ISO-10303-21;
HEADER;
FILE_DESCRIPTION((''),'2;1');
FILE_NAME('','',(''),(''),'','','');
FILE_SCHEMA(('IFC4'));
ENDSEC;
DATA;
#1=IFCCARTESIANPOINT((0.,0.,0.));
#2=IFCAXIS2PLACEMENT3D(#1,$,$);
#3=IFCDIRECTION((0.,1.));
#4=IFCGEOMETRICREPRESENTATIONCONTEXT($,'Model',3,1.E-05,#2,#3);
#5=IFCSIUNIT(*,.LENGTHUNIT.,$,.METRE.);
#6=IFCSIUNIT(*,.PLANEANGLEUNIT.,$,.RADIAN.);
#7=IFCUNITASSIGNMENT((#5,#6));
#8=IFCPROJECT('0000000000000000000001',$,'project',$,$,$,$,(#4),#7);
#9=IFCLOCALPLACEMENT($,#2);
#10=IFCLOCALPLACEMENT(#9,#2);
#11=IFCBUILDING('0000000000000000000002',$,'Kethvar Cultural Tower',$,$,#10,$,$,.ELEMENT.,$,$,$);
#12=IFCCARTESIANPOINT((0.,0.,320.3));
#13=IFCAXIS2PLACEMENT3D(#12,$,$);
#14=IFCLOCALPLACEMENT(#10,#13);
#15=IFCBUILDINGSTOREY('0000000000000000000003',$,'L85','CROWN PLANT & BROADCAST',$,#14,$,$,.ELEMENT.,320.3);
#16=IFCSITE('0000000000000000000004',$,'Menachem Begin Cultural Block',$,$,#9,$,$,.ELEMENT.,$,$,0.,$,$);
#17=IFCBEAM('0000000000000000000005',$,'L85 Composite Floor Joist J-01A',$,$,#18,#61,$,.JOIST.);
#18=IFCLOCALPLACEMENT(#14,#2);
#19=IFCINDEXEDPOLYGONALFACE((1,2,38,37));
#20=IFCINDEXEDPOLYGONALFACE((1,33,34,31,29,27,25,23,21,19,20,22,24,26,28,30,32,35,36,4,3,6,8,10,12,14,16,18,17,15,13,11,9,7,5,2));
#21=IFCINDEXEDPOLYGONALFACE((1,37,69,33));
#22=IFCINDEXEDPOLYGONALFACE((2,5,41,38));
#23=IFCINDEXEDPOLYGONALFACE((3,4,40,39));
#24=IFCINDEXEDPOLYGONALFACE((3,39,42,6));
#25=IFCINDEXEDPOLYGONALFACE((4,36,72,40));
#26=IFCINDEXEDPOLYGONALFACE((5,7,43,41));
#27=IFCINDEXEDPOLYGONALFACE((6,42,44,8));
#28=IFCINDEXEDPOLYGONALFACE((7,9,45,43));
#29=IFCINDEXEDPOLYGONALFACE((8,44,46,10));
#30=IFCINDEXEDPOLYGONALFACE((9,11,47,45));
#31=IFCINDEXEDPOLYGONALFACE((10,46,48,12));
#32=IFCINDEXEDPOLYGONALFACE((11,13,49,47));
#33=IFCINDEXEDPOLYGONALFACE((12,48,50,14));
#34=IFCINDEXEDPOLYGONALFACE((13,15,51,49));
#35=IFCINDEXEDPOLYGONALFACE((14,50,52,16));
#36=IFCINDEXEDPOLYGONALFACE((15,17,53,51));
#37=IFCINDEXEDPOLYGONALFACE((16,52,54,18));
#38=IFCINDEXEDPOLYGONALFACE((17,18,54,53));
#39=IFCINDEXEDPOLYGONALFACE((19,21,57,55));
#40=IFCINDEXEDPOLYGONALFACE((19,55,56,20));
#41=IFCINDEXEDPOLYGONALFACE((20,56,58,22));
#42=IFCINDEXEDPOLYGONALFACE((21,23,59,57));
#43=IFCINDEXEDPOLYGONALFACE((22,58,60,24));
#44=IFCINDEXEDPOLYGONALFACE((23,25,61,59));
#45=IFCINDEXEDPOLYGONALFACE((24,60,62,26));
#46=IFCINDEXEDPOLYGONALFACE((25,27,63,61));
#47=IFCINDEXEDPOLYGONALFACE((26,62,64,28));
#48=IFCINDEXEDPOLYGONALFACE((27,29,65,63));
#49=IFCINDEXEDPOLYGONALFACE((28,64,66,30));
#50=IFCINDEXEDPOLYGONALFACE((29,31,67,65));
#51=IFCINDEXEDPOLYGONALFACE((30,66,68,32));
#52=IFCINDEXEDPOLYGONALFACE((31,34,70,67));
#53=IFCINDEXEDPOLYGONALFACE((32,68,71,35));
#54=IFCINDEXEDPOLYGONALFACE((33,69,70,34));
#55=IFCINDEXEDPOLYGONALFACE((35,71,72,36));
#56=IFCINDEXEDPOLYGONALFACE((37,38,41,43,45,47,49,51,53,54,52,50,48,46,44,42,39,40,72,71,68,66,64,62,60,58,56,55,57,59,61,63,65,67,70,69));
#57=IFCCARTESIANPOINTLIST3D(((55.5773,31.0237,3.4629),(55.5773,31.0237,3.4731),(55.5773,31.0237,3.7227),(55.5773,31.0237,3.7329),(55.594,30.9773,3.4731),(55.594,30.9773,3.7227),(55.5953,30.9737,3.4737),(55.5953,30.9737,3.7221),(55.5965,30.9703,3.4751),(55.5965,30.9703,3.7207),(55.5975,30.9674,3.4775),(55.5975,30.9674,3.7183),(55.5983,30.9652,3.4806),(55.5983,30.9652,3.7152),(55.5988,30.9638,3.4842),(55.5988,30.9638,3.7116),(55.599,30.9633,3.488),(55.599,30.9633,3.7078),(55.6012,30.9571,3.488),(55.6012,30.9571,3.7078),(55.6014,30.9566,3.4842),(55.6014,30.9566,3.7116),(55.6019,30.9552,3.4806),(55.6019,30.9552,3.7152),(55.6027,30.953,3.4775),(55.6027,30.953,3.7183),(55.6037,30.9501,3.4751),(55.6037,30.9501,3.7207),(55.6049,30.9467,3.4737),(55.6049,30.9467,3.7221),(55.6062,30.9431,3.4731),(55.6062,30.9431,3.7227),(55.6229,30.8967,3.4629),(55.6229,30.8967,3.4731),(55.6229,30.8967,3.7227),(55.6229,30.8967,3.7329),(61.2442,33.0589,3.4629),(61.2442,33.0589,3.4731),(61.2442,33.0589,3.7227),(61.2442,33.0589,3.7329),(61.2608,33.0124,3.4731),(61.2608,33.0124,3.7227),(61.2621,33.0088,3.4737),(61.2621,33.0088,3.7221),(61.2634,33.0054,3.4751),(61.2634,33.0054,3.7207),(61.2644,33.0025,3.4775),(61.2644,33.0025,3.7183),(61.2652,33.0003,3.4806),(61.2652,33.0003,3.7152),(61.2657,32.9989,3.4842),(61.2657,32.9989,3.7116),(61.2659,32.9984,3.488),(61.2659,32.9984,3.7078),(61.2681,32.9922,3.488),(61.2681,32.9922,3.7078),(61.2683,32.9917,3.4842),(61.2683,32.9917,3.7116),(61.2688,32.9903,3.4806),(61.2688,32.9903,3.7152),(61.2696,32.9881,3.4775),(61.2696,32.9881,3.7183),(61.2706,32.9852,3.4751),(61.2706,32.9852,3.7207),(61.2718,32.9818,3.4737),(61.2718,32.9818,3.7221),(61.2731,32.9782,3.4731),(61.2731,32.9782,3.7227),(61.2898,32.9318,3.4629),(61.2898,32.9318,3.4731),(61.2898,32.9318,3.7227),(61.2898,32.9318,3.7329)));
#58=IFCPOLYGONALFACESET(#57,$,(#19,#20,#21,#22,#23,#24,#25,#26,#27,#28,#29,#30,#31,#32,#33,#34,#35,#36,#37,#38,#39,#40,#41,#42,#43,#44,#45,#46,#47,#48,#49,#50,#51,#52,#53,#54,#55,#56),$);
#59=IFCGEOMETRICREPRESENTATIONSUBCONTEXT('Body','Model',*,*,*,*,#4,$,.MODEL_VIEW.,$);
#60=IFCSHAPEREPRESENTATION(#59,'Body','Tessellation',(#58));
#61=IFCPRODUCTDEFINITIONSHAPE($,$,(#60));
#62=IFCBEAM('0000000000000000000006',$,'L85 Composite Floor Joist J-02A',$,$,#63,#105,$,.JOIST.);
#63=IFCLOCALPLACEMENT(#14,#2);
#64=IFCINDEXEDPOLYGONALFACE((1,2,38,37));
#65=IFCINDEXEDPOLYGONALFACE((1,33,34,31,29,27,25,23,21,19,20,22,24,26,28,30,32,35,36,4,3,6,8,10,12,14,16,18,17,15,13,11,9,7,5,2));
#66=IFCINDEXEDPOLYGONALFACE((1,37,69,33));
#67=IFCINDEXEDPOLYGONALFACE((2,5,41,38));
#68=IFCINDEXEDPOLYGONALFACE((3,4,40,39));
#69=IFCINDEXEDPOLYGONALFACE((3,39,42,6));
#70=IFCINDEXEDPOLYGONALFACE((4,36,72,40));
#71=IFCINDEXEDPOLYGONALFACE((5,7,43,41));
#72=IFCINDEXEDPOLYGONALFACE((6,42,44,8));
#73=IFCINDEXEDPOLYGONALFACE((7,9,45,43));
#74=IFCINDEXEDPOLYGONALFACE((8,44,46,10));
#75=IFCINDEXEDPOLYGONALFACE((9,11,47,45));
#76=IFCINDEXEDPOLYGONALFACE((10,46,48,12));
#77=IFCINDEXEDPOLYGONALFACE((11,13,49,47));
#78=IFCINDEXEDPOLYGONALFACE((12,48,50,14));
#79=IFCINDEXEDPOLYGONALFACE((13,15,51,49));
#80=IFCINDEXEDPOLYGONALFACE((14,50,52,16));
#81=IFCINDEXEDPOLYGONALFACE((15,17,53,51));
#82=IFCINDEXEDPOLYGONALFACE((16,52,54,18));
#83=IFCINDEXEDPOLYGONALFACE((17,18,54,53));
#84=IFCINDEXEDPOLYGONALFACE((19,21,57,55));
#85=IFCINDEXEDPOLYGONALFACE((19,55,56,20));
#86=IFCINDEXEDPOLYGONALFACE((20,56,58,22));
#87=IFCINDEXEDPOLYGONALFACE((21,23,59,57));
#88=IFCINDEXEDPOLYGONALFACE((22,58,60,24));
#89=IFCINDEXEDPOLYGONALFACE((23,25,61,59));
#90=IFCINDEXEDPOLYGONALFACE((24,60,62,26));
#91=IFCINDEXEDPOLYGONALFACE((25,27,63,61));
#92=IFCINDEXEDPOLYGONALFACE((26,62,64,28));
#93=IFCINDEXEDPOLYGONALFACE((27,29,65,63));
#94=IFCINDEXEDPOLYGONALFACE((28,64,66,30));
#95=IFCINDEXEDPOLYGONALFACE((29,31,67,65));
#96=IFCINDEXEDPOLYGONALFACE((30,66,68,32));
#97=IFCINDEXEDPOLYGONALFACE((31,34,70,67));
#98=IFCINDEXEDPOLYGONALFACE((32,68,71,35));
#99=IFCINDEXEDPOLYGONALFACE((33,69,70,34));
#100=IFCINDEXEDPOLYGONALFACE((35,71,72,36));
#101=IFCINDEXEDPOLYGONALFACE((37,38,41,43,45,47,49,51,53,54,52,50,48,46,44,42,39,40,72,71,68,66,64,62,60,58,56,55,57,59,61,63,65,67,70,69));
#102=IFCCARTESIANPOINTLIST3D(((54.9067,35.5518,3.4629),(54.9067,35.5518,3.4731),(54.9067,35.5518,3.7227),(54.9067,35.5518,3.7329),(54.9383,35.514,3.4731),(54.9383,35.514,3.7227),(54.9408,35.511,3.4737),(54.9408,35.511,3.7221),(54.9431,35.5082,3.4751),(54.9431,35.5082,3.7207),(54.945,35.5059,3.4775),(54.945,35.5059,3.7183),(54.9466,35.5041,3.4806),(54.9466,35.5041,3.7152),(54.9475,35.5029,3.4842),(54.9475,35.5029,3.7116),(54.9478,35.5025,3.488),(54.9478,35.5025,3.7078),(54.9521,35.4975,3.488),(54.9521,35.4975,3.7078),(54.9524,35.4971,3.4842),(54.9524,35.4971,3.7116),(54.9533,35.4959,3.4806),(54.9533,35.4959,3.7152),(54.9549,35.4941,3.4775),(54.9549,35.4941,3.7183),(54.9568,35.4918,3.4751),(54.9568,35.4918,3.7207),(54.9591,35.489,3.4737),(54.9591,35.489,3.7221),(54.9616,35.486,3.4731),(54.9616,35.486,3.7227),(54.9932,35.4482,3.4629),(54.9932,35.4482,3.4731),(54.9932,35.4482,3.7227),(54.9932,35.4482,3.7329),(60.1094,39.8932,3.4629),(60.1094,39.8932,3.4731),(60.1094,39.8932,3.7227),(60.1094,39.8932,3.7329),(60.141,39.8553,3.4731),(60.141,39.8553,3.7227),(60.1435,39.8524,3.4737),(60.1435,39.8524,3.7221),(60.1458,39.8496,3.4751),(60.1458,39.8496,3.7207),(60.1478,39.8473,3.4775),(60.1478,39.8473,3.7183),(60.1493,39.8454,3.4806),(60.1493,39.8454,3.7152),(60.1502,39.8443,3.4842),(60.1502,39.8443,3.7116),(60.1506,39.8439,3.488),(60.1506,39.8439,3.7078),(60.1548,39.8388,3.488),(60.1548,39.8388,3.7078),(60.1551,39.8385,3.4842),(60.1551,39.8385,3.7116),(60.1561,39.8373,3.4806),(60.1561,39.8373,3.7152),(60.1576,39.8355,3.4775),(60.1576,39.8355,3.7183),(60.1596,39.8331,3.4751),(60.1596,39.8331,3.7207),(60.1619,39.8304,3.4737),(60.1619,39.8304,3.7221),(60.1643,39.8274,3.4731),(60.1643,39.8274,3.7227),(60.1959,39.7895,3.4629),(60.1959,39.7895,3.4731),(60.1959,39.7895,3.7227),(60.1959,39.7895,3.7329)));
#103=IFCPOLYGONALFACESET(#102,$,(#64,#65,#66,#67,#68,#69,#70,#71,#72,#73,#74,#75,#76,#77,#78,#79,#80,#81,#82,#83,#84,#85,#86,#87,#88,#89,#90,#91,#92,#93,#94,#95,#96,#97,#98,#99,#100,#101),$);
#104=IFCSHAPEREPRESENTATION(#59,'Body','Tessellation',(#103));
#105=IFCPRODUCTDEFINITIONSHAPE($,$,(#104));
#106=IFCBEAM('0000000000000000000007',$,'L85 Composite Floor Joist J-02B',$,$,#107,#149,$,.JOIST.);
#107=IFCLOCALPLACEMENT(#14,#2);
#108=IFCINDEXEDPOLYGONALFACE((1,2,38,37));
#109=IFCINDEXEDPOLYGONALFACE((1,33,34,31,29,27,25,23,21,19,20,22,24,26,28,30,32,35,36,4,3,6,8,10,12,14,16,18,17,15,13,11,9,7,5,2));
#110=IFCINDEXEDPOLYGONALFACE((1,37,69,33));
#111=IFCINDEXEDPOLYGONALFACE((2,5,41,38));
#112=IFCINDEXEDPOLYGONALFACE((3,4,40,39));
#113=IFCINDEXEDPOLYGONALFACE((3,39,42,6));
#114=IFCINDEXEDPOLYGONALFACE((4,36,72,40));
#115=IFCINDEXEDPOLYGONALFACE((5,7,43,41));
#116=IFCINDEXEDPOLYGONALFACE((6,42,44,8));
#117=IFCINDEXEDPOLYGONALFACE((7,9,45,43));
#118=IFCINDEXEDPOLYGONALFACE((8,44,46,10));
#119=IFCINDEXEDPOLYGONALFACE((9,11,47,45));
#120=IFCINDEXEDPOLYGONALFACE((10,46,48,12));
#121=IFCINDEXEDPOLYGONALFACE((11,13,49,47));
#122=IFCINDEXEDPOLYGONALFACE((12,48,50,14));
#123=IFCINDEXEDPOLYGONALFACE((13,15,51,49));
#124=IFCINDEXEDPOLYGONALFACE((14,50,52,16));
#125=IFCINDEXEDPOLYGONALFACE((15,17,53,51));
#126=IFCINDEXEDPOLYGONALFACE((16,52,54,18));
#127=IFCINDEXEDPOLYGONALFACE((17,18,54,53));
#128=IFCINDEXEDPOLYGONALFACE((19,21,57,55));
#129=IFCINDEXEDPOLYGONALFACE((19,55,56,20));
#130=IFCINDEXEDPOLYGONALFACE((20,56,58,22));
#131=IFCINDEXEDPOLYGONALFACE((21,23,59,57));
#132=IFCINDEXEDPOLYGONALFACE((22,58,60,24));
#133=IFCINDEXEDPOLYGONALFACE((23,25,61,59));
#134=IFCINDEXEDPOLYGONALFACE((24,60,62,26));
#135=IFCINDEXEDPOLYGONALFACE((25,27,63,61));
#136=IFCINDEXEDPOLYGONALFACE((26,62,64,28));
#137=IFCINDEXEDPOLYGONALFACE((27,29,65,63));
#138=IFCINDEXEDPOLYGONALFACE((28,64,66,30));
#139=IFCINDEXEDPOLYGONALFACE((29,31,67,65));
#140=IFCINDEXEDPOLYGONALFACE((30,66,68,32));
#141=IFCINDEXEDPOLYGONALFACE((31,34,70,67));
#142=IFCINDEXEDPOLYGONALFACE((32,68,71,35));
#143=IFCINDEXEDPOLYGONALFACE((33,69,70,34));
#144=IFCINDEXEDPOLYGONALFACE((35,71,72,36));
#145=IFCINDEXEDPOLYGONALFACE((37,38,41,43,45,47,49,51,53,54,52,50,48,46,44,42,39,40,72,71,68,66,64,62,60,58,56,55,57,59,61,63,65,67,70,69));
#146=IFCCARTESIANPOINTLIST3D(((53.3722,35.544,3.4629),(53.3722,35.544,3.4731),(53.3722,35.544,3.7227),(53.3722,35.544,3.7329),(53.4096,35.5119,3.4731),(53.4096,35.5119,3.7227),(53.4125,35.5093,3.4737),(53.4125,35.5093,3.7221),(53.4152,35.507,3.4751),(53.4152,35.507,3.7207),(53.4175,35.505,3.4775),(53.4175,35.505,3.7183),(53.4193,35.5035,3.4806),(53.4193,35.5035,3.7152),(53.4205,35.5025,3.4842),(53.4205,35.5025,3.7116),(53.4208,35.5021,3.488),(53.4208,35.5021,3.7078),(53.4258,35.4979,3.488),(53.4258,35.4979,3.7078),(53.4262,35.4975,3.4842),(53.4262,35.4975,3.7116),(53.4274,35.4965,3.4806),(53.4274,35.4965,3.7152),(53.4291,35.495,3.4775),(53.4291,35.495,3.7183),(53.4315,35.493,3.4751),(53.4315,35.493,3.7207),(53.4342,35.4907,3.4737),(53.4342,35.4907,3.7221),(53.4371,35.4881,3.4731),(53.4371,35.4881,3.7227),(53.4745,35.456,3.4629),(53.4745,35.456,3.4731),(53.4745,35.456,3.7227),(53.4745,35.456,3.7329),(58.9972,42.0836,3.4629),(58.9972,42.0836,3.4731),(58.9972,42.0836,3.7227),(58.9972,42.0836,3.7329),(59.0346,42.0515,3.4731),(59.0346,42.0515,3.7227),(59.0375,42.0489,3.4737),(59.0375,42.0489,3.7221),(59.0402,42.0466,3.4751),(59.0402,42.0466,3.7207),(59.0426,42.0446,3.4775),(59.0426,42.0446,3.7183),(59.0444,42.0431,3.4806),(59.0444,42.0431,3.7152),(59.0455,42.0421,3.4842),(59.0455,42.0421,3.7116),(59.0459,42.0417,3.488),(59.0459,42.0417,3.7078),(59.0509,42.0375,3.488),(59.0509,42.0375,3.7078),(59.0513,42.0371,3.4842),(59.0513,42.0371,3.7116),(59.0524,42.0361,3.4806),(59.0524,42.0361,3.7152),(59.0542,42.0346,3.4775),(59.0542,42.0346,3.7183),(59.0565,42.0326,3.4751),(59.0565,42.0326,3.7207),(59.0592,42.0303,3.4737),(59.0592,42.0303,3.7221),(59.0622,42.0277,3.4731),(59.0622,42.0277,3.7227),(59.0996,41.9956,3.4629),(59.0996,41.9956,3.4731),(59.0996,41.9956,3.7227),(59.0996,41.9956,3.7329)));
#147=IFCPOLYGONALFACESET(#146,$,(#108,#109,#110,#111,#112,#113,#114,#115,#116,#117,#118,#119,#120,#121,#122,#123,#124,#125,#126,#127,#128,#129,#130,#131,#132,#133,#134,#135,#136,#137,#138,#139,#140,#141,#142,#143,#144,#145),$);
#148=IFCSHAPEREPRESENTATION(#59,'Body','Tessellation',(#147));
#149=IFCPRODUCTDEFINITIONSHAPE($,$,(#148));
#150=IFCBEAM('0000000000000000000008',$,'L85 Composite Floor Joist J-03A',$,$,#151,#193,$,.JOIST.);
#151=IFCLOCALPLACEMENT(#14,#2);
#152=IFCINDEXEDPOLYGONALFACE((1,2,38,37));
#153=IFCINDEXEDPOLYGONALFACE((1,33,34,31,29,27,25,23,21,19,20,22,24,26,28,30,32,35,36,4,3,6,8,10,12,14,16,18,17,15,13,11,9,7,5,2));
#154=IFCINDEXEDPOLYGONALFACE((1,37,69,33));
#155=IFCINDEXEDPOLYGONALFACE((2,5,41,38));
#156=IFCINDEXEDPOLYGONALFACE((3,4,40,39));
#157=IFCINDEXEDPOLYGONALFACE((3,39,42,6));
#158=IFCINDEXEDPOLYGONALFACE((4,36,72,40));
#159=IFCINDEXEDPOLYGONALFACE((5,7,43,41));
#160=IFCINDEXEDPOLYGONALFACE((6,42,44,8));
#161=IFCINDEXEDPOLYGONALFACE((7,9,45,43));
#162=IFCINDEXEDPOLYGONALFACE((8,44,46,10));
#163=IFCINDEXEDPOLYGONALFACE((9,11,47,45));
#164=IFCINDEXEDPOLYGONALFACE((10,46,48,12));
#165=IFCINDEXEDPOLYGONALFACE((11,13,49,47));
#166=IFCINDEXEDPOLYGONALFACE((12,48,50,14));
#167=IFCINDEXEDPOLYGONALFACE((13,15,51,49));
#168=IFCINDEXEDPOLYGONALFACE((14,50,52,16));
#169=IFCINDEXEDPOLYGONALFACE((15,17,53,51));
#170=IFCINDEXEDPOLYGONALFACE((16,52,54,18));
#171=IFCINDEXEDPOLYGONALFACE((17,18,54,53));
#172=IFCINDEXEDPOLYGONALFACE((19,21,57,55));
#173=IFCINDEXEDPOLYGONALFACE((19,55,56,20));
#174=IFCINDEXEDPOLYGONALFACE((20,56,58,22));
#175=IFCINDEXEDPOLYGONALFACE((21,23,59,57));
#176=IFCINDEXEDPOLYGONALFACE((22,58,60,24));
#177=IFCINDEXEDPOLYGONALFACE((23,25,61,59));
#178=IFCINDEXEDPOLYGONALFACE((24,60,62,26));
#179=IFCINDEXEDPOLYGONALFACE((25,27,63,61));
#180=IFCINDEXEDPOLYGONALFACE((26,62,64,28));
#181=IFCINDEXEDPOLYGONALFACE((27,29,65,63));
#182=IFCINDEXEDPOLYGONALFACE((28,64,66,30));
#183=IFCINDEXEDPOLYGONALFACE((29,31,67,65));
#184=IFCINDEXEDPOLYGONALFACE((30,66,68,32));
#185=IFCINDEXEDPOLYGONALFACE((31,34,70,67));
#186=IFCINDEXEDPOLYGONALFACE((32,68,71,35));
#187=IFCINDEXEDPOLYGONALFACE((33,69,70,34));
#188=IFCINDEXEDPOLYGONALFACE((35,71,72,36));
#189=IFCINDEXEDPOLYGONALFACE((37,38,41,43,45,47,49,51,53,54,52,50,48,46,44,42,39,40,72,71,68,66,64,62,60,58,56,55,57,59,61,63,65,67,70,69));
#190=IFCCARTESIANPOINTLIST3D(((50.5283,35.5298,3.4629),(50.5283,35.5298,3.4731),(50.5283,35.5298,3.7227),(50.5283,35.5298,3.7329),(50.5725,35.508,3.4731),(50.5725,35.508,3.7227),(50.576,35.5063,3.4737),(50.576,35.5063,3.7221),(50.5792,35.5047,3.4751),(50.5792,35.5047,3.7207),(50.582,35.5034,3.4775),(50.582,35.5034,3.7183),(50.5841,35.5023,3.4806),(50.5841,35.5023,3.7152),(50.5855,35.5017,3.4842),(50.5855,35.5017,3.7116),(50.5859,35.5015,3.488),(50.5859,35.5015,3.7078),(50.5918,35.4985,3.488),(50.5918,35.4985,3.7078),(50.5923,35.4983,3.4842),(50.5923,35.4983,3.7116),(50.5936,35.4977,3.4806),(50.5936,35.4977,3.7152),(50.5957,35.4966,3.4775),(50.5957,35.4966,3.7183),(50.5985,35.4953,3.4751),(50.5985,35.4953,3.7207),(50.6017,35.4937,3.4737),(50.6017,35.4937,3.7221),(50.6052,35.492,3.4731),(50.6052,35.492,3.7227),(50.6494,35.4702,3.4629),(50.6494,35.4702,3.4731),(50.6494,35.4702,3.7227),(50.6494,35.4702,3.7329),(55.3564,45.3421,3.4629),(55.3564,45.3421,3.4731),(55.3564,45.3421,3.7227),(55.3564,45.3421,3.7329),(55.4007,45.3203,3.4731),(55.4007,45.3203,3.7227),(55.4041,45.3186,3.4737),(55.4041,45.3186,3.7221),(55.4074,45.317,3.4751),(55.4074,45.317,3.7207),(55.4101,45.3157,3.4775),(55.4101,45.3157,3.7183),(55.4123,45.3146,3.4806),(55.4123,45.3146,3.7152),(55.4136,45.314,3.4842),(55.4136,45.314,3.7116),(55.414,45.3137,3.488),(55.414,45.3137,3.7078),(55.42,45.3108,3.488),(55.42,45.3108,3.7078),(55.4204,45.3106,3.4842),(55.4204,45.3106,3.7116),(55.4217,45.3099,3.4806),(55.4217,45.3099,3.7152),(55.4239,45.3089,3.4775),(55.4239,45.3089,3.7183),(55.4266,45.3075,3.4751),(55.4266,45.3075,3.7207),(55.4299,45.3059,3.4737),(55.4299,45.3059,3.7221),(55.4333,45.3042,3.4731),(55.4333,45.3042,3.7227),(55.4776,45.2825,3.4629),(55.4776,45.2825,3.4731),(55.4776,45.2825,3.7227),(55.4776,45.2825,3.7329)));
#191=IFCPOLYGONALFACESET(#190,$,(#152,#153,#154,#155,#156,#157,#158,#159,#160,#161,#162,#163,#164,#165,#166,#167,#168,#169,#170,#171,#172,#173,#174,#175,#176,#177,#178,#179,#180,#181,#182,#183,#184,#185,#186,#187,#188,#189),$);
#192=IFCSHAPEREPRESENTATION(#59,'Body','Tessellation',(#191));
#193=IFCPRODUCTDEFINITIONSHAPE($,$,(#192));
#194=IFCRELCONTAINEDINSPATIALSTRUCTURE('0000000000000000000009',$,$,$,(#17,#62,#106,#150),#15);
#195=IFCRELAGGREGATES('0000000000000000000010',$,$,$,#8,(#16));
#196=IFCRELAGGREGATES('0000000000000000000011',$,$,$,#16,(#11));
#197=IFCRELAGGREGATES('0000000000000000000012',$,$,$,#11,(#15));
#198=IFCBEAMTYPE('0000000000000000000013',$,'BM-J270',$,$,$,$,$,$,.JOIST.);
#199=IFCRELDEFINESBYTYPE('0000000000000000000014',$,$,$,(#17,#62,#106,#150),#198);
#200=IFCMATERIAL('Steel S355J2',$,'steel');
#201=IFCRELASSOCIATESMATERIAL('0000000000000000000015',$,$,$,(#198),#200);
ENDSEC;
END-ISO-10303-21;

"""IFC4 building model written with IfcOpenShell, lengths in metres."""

from ifc_helpers import new_model, si_unit, direction, frame, origin, origin_2d, place, context, subcontext, project, spatial, i_section, extrude, source, transform, mapped, material, material_profile, profile_set, type_object, element, save


model = new_model("IFC4")

# Units and contexts
model_context = context("Model", 3, precision=1e-05, world=origin(), true_north=direction((0.0, 1.0)))
body_context = subcontext(model_context, "Body", "Model", "MODEL_VIEW")
ifc_project = project(units=[si_unit("LENGTHUNIT", "METRE"), si_unit("PLANEANGLEUNIT", "RADIAN")], contexts=[model_context])

# Site, building, storey
site_placement = place(None, origin())
site = spatial("IfcSite", under=ifc_project, at=site_placement, Name="Menachem Begin Cultural Block", CompositionType="ELEMENT", RefElevation=0.0)
building_placement = place(site_placement, origin())
building = spatial("IfcBuilding", under=site, at=building_placement, Name="Kethvar Cultural Tower", CompositionType="ELEMENT")
storey_placement = place(building_placement, frame((0.0, 0.0, 320.3)))
storey = spatial("IfcBuildingStorey", under=building, at=storey_placement, Name="L85", Description="CROWN PLANT & BROADCAST", CompositionType="ELEMENT", Elevation=320.3)

# Beams
ifc_material_1 = material(Name="Steel S355J2", Category="steel")
ifc_material_profile_1 = material_profile(ifc_material_1, i_section(OverallWidth=0.135, OverallDepth=0.27, WebThickness=0.0066, FlangeThickness=0.0103, FilletRadius=0.0149, at=origin_2d()), Name="Steel S355J2 — IPE270")
ifc_profile_set_1 = profile_set([ifc_material_profile_1], Name="Steel S355J2 — IPE270")
beam_type_1 = type_object("IfcBeamType", Name="BM-J270", PredefinedType="JOIST", material=ifc_profile_set_1)
shared_shape_1 = source(origin(), body_context, "Body", "SweptSolid", [
    extrude(i_section(OverallWidth=0.135, OverallDepth=0.27, WebThickness=0.0066, FlangeThickness=0.0103, FilletRadius=0.0149, at=origin_2d()), origin(), (0.0, 0.0, 1.0), 6.0212),
])
beam_1_placement = place(storey_placement, frame((55.6001, 30.9602, 3.5979), z_axis=(0.94115, 0.33799, 0.0), x_axis=(-0.33799, 0.94115, 0.0)))
element("IfcBeam", 1, at=beam_1_placement, inside=storey, type_object=beam_type_1, Name="L85 Composite Floor Joist J-01A", PredefinedType="JOIST", context=body_context, shape_type="MappedRepresentation", body=[
    mapped(shared_shape_1, transform((0.0, 0.0, 0.0), scale=1.0)),
])
shared_shape_2 = source(origin(), body_context, "Body", "SweptSolid", [
    extrude(i_section(OverallWidth=0.135, OverallDepth=0.27, WebThickness=0.0066, FlangeThickness=0.0103, FilletRadius=0.0149, at=origin_2d()), origin(), (0.0, 0.0, 1.0), 6.7761),
])
beam_2_placement = place(storey_placement, frame((54.95, 35.5, 3.5979), z_axis=(0.767802, 0.640688, 0.0), x_axis=(-0.640688, 0.767802, 0.0)))
element("IfcBeam", 2, at=beam_2_placement, inside=storey, type_object=beam_type_1, Name="L85 Composite Floor Joist J-02A", PredefinedType="JOIST", context=body_context, shape_type="MappedRepresentation", body=[
    mapped(shared_shape_2, transform((0.0, 0.0, 0.0), scale=1.0)),
])
shared_shape_3 = source(origin(), body_context, "Body", "SweptSolid", [
    extrude(i_section(OverallWidth=0.135, OverallDepth=0.27, WebThickness=0.0066, FlangeThickness=0.0103, FilletRadius=0.0149, at=origin_2d()), origin(), (0.0, 0.0, 1.0), 8.626),
])
beam_3_placement = place(storey_placement, frame((53.4233, 35.5, 3.5979), z_axis=(0.652105, 0.758129, 0.0), x_axis=(-0.758129, 0.652105, 0.0)))
element("IfcBeam", 3, at=beam_3_placement, inside=storey, type_object=beam_type_1, Name="L85 Composite Floor Joist J-02B", PredefinedType="JOIST", context=body_context, shape_type="MappedRepresentation", body=[
    mapped(shared_shape_3, transform((0.0, 0.0, 0.0), scale=1.0)),
])
shared_shape_4 = source(origin(), body_context, "Body", "SweptSolid", [
    extrude(i_section(OverallWidth=0.135, OverallDepth=0.27, WebThickness=0.0066, FlangeThickness=0.0103, FilletRadius=0.0149, at=origin_2d()), origin(), (0.0, 0.0, 1.0), 10.9358),
])
beam_4_placement = place(storey_placement, frame((50.5889, 35.5, 3.5979), z_axis=(0.441498, 0.897262, 0.0), x_axis=(-0.897262, 0.441498, 0.0)))
element("IfcBeam", 4, at=beam_4_placement, inside=storey, type_object=beam_type_1, Name="L85 Composite Floor Joist J-03A", PredefinedType="JOIST", context=body_context, shape_type="MappedRepresentation", body=[
    mapped(shared_shape_4, transform((0.0, 0.0, 0.0), scale=1.0)),
])

save(model, "model.ifc")
